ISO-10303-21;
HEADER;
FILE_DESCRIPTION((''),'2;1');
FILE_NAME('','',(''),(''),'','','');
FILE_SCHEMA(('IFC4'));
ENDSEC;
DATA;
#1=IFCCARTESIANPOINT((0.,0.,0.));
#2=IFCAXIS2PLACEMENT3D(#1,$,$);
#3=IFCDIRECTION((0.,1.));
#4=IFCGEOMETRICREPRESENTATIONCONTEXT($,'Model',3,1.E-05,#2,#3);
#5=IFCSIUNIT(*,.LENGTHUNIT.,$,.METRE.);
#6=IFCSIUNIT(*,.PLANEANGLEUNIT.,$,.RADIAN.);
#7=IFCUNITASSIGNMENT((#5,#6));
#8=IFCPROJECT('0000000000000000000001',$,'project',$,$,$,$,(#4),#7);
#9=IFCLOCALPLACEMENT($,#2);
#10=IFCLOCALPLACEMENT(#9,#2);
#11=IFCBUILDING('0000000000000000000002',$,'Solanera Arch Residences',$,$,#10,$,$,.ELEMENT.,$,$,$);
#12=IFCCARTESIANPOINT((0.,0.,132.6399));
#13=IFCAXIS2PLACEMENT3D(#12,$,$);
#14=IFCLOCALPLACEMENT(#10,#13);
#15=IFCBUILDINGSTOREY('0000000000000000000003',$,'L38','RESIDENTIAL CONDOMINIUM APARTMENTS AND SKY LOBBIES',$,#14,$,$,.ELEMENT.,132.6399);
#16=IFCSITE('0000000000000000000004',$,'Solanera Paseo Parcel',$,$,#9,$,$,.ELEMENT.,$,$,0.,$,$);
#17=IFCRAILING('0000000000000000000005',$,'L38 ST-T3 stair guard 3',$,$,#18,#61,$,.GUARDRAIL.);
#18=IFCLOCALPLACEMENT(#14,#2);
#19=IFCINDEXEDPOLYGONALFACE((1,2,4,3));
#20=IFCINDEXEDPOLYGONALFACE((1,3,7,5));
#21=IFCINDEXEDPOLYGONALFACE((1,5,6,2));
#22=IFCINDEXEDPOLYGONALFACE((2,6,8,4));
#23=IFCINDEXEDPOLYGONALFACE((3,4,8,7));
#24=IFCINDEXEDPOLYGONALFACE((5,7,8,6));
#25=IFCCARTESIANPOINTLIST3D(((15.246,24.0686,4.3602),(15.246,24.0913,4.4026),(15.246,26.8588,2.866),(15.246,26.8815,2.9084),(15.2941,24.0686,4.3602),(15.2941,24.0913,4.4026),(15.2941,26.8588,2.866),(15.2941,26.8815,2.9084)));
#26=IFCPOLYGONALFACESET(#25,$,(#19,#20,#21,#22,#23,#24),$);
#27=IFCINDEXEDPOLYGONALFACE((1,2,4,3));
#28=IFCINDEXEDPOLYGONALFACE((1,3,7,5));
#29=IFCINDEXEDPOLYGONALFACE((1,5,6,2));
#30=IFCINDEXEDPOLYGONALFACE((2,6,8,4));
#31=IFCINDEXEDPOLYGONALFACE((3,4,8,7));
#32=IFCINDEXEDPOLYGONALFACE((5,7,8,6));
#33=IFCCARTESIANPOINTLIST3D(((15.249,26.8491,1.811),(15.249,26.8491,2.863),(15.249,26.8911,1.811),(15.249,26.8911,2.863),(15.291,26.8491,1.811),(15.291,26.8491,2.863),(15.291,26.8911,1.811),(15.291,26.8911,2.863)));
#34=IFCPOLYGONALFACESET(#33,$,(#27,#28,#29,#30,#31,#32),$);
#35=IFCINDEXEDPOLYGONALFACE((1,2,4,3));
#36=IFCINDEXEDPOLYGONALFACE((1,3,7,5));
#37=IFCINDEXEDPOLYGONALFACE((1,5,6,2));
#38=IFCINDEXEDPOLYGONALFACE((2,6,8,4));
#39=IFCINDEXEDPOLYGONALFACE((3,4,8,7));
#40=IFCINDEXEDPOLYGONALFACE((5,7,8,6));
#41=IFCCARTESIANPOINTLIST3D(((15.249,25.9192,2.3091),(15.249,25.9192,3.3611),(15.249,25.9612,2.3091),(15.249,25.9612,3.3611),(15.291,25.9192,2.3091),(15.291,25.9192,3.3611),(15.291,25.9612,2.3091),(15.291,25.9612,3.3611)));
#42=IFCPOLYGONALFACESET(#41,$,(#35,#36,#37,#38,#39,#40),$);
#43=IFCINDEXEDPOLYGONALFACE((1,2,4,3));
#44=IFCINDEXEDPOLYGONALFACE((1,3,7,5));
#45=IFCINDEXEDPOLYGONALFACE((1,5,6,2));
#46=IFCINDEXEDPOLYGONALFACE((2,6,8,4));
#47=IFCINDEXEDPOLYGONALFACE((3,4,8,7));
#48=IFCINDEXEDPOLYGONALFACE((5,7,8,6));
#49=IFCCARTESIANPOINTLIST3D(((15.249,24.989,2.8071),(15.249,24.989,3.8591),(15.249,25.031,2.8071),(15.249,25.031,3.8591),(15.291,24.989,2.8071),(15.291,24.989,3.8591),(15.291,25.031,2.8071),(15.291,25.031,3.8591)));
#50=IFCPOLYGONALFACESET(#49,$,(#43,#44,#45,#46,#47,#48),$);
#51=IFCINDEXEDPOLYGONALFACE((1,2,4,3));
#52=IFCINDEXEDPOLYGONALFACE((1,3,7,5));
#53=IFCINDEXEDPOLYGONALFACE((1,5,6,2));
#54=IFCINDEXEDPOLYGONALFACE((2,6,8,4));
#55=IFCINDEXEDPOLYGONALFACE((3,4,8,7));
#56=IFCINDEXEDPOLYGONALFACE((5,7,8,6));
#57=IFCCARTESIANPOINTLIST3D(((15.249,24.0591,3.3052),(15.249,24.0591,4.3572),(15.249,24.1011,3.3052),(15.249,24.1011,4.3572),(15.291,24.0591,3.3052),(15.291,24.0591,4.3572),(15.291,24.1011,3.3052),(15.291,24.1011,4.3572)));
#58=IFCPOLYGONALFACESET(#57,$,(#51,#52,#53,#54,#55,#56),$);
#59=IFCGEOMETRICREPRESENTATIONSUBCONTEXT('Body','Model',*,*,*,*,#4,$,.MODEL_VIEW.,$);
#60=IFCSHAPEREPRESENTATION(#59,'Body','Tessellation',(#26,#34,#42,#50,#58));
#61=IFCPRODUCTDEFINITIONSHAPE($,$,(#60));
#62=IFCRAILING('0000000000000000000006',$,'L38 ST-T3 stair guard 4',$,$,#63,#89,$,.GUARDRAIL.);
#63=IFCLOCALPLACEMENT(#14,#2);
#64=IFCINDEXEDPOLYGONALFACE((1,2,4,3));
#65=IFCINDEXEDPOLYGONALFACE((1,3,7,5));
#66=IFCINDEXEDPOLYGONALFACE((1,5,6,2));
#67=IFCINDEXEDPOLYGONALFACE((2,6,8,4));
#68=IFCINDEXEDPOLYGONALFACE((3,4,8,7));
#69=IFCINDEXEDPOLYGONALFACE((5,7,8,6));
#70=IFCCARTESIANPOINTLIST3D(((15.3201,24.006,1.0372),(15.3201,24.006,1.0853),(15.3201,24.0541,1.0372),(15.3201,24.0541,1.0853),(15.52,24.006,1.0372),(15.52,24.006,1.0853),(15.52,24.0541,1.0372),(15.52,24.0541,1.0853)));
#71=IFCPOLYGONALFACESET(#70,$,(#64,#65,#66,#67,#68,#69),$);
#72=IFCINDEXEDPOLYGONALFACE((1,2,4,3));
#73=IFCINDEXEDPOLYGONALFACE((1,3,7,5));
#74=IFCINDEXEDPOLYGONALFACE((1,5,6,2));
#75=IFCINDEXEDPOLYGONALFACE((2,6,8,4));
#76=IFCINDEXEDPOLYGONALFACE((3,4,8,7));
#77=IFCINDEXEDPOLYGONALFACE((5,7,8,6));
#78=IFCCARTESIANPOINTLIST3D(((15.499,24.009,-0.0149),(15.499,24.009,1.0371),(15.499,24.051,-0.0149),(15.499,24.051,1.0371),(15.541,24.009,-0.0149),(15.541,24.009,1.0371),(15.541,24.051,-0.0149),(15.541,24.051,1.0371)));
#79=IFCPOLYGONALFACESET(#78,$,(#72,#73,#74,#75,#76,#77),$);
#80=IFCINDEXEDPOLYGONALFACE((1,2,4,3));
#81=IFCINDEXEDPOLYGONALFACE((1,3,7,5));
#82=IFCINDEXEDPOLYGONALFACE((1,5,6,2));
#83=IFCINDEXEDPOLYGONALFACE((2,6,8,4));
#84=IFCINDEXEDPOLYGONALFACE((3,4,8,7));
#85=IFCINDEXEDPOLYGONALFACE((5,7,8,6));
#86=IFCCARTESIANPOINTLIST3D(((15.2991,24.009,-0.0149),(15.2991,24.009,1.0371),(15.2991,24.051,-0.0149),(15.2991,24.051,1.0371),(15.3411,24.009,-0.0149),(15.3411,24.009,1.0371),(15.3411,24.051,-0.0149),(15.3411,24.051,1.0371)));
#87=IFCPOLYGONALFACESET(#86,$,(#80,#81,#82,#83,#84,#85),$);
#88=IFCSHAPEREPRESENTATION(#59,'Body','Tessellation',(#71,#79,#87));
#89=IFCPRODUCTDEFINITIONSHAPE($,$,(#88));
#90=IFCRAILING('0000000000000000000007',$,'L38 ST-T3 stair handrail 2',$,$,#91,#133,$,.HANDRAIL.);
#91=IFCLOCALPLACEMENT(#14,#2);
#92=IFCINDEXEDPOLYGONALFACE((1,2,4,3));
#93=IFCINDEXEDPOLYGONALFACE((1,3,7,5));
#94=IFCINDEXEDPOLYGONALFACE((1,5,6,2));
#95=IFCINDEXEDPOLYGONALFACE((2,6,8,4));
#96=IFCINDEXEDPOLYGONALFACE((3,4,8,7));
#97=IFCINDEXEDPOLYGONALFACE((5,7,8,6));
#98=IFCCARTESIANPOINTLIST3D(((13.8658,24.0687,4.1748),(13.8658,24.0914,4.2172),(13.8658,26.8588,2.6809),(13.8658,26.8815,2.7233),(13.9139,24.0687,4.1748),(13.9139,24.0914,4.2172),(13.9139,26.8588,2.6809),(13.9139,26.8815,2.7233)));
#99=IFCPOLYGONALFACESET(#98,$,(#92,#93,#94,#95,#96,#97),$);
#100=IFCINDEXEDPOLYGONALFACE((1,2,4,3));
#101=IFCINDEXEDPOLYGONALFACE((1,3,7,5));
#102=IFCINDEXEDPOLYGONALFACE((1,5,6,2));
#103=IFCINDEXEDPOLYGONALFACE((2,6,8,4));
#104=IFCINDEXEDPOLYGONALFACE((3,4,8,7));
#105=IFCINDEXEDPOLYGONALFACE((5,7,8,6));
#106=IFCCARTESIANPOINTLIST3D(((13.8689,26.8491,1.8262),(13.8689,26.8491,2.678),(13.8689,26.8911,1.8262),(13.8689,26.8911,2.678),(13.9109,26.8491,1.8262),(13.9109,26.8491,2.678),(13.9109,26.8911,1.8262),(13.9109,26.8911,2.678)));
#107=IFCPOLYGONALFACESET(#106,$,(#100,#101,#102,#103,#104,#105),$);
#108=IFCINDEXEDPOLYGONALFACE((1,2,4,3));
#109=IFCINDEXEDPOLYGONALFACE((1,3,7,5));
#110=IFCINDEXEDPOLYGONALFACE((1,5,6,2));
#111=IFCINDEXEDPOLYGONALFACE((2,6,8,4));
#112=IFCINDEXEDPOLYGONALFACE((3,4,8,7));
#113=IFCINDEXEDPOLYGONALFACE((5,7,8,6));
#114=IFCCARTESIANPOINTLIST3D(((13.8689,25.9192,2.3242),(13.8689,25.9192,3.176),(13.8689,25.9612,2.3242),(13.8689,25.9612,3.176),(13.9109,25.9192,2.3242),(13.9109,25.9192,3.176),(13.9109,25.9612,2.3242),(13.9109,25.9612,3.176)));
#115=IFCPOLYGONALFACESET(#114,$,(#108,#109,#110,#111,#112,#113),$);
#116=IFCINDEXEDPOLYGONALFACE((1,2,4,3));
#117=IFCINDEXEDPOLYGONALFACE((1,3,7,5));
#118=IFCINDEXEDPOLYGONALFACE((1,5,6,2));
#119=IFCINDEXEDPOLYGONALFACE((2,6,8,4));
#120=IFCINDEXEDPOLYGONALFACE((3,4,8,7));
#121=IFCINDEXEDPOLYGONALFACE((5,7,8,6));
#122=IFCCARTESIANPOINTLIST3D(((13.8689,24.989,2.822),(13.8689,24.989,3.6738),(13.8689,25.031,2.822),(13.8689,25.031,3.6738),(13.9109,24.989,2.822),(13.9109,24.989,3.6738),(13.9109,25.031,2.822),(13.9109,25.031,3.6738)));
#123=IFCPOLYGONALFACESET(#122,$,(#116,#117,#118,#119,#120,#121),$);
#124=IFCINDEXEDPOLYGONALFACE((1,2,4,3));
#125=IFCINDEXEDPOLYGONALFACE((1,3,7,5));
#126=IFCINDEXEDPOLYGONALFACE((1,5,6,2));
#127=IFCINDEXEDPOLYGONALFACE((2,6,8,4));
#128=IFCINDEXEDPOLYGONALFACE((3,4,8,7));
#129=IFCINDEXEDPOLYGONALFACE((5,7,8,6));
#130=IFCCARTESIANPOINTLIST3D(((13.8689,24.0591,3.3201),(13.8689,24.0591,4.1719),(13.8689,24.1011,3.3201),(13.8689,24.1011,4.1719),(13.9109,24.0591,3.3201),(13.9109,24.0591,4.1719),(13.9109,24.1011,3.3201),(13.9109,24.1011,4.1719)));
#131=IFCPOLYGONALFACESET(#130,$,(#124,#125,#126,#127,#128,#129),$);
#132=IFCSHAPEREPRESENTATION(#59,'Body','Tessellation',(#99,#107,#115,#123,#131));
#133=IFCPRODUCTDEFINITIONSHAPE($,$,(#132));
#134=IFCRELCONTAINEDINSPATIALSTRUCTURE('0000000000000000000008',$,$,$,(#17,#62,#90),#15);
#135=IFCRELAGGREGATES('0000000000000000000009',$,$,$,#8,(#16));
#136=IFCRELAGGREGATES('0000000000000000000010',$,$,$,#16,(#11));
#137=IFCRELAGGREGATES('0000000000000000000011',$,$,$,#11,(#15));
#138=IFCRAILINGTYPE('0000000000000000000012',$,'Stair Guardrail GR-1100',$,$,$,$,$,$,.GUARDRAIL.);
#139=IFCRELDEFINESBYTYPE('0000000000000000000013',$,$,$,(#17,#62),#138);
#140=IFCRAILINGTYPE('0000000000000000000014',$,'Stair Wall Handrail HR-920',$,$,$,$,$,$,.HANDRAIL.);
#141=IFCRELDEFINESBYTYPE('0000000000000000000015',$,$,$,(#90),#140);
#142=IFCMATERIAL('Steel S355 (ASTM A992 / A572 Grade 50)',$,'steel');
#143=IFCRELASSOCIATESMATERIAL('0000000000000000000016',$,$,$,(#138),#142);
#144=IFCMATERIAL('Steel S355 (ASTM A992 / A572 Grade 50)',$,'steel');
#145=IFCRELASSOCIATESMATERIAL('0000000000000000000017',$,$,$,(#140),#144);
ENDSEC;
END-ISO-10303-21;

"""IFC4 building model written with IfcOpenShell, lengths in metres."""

from ifc_helpers import new_model, si_unit, direction, frame, origin, origin_2d, place, context, subcontext, project, spatial, rectangle, extrude, material, type_object, element, save


model = new_model("IFC4")

# Units and contexts
model_context = context("Model", 3, precision=1e-05, world=origin(), true_north=direction((0.0, 1.0)))
body_context = subcontext(model_context, "Body", "Model", "MODEL_VIEW")
ifc_project = project(units=[si_unit("LENGTHUNIT", "METRE"), si_unit("PLANEANGLEUNIT", "RADIAN")], contexts=[model_context])

# Site, building, storey
site_placement = place(None, origin())
site = spatial("IfcSite", under=ifc_project, at=site_placement, Name="Solanera Paseo Parcel", CompositionType="ELEMENT", RefElevation=0.0)
building_placement = place(site_placement, origin())
building = spatial("IfcBuilding", under=site, at=building_placement, Name="Solanera Arch Residences", CompositionType="ELEMENT")
storey_placement = place(building_placement, frame((0.0, 0.0, 132.6399)))
storey = spatial("IfcBuildingStorey", under=building, at=storey_placement, Name="L38", Description="RESIDENTIAL CONDOMINIUM APARTMENTS AND SKY LOBBIES", CompositionType="ELEMENT", Elevation=132.6399)

# Railings
ifc_material_1 = material(Name="Steel S355 (ASTM A992 / A572 Grade 50)", Category="steel")
railing_type_1 = type_object("IfcRailingType", Name="Stair Guardrail GR-1100", PredefinedType="GUARDRAIL", material=ifc_material_1)
railing_1_placement = place(storey_placement, frame((15.27, 26.8701, 1.811)))
element("IfcRailing", 1, at=railing_1_placement, inside=storey, type_object=railing_type_1, Name="L38 ST-T3 stair guard 3", PredefinedType="GUARDRAIL", context=body_context, shape_type="SweptSolid", body=[
    extrude(rectangle(XDim=0.0481, YDim=0.0481, at=origin_2d()), frame((0.0, 0.0, 1.0762), z_axis=(0.0, -0.881549, 0.472093), x_axis=(1.0, 0.0, 0.0)), (0.0, 0.0, 1.0), 3.165),
    extrude(rectangle(XDim=0.042, YDim=0.042, at=origin_2d()), origin(), (0.0, 0.0, 1.0), 1.052),
    extrude(rectangle(XDim=0.042, YDim=0.042, at=origin_2d()), frame((0.0, -0.9299, 0.498)), (0.0, 0.0, 1.0), 1.052),
    extrude(rectangle(XDim=0.042, YDim=0.042, at=origin_2d()), frame((0.0, -1.8601, 0.9961)), (0.0, 0.0, 1.0), 1.052),
    extrude(rectangle(XDim=0.042, YDim=0.042, at=origin_2d()), frame((0.0, -2.79, 1.4941)), (0.0, 0.0, 1.0), 1.052),
])
railing_2_placement = place(storey_placement, frame((15.52, 24.03, -0.0149)))
element("IfcRailing", 2, at=railing_2_placement, inside=storey, type_object=railing_type_1, Name="L38 ST-T3 stair guard 4", PredefinedType="GUARDRAIL", context=body_context, shape_type="SweptSolid", body=[
    extrude(rectangle(XDim=0.0481, YDim=0.0481, at=origin_2d()), frame((0.0, 0.0, 1.0762), z_axis=(-1.0, 0.0, 0.0), x_axis=(0.0, -1.0, 0.0)), (0.0, 0.0, 1.0), 0.2),
    extrude(rectangle(XDim=0.042, YDim=0.042, at=origin_2d()), origin(), (0.0, 0.0, 1.0), 1.052),
    extrude(rectangle(XDim=0.042, YDim=0.042, at=origin_2d()), frame((-0.2, 0.0, 0.0)), (0.0, 0.0, 1.0), 1.052),
])
ifc_material_2 = material(Name="Steel S355 (ASTM A992 / A572 Grade 50)", Category="steel")
railing_type_2 = type_object("IfcRailingType", Name="Stair Wall Handrail HR-920", PredefinedType="HANDRAIL", material=ifc_material_2)
railing_3_placement = place(storey_placement, frame((13.8899, 26.8701, 1.8262)))
element("IfcRailing", 3, at=railing_3_placement, inside=storey, type_object=railing_type_2, Name="L38 ST-T3 stair handrail 2", PredefinedType="HANDRAIL", context=body_context, shape_type="SweptSolid", body=[
    extrude(rectangle(XDim=0.0481, YDim=0.0481, at=origin_2d()), frame((0.0, 0.0, 0.876), z_axis=(0.0, -0.881581, 0.472033), x_axis=(1.0, 0.0, 0.0)), (0.0, 0.0, 1.0), 3.1648),
    extrude(rectangle(XDim=0.042, YDim=0.042, at=origin_2d()), origin(), (0.0, 0.0, 1.0), 0.8518),
    extrude(rectangle(XDim=0.042, YDim=0.042, at=origin_2d()), frame((0.0, -0.9299, 0.498)), (0.0, 0.0, 1.0), 0.8518),
    extrude(rectangle(XDim=0.042, YDim=0.042, at=origin_2d()), frame((0.0, -1.8601, 0.9958)), (0.0, 0.0, 1.0), 0.8518),
    extrude(rectangle(XDim=0.042, YDim=0.042, at=origin_2d()), frame((0.0, -2.79, 1.4939)), (0.0, 0.0, 1.0), 0.8518),
])

save(model, "model.ifc")
